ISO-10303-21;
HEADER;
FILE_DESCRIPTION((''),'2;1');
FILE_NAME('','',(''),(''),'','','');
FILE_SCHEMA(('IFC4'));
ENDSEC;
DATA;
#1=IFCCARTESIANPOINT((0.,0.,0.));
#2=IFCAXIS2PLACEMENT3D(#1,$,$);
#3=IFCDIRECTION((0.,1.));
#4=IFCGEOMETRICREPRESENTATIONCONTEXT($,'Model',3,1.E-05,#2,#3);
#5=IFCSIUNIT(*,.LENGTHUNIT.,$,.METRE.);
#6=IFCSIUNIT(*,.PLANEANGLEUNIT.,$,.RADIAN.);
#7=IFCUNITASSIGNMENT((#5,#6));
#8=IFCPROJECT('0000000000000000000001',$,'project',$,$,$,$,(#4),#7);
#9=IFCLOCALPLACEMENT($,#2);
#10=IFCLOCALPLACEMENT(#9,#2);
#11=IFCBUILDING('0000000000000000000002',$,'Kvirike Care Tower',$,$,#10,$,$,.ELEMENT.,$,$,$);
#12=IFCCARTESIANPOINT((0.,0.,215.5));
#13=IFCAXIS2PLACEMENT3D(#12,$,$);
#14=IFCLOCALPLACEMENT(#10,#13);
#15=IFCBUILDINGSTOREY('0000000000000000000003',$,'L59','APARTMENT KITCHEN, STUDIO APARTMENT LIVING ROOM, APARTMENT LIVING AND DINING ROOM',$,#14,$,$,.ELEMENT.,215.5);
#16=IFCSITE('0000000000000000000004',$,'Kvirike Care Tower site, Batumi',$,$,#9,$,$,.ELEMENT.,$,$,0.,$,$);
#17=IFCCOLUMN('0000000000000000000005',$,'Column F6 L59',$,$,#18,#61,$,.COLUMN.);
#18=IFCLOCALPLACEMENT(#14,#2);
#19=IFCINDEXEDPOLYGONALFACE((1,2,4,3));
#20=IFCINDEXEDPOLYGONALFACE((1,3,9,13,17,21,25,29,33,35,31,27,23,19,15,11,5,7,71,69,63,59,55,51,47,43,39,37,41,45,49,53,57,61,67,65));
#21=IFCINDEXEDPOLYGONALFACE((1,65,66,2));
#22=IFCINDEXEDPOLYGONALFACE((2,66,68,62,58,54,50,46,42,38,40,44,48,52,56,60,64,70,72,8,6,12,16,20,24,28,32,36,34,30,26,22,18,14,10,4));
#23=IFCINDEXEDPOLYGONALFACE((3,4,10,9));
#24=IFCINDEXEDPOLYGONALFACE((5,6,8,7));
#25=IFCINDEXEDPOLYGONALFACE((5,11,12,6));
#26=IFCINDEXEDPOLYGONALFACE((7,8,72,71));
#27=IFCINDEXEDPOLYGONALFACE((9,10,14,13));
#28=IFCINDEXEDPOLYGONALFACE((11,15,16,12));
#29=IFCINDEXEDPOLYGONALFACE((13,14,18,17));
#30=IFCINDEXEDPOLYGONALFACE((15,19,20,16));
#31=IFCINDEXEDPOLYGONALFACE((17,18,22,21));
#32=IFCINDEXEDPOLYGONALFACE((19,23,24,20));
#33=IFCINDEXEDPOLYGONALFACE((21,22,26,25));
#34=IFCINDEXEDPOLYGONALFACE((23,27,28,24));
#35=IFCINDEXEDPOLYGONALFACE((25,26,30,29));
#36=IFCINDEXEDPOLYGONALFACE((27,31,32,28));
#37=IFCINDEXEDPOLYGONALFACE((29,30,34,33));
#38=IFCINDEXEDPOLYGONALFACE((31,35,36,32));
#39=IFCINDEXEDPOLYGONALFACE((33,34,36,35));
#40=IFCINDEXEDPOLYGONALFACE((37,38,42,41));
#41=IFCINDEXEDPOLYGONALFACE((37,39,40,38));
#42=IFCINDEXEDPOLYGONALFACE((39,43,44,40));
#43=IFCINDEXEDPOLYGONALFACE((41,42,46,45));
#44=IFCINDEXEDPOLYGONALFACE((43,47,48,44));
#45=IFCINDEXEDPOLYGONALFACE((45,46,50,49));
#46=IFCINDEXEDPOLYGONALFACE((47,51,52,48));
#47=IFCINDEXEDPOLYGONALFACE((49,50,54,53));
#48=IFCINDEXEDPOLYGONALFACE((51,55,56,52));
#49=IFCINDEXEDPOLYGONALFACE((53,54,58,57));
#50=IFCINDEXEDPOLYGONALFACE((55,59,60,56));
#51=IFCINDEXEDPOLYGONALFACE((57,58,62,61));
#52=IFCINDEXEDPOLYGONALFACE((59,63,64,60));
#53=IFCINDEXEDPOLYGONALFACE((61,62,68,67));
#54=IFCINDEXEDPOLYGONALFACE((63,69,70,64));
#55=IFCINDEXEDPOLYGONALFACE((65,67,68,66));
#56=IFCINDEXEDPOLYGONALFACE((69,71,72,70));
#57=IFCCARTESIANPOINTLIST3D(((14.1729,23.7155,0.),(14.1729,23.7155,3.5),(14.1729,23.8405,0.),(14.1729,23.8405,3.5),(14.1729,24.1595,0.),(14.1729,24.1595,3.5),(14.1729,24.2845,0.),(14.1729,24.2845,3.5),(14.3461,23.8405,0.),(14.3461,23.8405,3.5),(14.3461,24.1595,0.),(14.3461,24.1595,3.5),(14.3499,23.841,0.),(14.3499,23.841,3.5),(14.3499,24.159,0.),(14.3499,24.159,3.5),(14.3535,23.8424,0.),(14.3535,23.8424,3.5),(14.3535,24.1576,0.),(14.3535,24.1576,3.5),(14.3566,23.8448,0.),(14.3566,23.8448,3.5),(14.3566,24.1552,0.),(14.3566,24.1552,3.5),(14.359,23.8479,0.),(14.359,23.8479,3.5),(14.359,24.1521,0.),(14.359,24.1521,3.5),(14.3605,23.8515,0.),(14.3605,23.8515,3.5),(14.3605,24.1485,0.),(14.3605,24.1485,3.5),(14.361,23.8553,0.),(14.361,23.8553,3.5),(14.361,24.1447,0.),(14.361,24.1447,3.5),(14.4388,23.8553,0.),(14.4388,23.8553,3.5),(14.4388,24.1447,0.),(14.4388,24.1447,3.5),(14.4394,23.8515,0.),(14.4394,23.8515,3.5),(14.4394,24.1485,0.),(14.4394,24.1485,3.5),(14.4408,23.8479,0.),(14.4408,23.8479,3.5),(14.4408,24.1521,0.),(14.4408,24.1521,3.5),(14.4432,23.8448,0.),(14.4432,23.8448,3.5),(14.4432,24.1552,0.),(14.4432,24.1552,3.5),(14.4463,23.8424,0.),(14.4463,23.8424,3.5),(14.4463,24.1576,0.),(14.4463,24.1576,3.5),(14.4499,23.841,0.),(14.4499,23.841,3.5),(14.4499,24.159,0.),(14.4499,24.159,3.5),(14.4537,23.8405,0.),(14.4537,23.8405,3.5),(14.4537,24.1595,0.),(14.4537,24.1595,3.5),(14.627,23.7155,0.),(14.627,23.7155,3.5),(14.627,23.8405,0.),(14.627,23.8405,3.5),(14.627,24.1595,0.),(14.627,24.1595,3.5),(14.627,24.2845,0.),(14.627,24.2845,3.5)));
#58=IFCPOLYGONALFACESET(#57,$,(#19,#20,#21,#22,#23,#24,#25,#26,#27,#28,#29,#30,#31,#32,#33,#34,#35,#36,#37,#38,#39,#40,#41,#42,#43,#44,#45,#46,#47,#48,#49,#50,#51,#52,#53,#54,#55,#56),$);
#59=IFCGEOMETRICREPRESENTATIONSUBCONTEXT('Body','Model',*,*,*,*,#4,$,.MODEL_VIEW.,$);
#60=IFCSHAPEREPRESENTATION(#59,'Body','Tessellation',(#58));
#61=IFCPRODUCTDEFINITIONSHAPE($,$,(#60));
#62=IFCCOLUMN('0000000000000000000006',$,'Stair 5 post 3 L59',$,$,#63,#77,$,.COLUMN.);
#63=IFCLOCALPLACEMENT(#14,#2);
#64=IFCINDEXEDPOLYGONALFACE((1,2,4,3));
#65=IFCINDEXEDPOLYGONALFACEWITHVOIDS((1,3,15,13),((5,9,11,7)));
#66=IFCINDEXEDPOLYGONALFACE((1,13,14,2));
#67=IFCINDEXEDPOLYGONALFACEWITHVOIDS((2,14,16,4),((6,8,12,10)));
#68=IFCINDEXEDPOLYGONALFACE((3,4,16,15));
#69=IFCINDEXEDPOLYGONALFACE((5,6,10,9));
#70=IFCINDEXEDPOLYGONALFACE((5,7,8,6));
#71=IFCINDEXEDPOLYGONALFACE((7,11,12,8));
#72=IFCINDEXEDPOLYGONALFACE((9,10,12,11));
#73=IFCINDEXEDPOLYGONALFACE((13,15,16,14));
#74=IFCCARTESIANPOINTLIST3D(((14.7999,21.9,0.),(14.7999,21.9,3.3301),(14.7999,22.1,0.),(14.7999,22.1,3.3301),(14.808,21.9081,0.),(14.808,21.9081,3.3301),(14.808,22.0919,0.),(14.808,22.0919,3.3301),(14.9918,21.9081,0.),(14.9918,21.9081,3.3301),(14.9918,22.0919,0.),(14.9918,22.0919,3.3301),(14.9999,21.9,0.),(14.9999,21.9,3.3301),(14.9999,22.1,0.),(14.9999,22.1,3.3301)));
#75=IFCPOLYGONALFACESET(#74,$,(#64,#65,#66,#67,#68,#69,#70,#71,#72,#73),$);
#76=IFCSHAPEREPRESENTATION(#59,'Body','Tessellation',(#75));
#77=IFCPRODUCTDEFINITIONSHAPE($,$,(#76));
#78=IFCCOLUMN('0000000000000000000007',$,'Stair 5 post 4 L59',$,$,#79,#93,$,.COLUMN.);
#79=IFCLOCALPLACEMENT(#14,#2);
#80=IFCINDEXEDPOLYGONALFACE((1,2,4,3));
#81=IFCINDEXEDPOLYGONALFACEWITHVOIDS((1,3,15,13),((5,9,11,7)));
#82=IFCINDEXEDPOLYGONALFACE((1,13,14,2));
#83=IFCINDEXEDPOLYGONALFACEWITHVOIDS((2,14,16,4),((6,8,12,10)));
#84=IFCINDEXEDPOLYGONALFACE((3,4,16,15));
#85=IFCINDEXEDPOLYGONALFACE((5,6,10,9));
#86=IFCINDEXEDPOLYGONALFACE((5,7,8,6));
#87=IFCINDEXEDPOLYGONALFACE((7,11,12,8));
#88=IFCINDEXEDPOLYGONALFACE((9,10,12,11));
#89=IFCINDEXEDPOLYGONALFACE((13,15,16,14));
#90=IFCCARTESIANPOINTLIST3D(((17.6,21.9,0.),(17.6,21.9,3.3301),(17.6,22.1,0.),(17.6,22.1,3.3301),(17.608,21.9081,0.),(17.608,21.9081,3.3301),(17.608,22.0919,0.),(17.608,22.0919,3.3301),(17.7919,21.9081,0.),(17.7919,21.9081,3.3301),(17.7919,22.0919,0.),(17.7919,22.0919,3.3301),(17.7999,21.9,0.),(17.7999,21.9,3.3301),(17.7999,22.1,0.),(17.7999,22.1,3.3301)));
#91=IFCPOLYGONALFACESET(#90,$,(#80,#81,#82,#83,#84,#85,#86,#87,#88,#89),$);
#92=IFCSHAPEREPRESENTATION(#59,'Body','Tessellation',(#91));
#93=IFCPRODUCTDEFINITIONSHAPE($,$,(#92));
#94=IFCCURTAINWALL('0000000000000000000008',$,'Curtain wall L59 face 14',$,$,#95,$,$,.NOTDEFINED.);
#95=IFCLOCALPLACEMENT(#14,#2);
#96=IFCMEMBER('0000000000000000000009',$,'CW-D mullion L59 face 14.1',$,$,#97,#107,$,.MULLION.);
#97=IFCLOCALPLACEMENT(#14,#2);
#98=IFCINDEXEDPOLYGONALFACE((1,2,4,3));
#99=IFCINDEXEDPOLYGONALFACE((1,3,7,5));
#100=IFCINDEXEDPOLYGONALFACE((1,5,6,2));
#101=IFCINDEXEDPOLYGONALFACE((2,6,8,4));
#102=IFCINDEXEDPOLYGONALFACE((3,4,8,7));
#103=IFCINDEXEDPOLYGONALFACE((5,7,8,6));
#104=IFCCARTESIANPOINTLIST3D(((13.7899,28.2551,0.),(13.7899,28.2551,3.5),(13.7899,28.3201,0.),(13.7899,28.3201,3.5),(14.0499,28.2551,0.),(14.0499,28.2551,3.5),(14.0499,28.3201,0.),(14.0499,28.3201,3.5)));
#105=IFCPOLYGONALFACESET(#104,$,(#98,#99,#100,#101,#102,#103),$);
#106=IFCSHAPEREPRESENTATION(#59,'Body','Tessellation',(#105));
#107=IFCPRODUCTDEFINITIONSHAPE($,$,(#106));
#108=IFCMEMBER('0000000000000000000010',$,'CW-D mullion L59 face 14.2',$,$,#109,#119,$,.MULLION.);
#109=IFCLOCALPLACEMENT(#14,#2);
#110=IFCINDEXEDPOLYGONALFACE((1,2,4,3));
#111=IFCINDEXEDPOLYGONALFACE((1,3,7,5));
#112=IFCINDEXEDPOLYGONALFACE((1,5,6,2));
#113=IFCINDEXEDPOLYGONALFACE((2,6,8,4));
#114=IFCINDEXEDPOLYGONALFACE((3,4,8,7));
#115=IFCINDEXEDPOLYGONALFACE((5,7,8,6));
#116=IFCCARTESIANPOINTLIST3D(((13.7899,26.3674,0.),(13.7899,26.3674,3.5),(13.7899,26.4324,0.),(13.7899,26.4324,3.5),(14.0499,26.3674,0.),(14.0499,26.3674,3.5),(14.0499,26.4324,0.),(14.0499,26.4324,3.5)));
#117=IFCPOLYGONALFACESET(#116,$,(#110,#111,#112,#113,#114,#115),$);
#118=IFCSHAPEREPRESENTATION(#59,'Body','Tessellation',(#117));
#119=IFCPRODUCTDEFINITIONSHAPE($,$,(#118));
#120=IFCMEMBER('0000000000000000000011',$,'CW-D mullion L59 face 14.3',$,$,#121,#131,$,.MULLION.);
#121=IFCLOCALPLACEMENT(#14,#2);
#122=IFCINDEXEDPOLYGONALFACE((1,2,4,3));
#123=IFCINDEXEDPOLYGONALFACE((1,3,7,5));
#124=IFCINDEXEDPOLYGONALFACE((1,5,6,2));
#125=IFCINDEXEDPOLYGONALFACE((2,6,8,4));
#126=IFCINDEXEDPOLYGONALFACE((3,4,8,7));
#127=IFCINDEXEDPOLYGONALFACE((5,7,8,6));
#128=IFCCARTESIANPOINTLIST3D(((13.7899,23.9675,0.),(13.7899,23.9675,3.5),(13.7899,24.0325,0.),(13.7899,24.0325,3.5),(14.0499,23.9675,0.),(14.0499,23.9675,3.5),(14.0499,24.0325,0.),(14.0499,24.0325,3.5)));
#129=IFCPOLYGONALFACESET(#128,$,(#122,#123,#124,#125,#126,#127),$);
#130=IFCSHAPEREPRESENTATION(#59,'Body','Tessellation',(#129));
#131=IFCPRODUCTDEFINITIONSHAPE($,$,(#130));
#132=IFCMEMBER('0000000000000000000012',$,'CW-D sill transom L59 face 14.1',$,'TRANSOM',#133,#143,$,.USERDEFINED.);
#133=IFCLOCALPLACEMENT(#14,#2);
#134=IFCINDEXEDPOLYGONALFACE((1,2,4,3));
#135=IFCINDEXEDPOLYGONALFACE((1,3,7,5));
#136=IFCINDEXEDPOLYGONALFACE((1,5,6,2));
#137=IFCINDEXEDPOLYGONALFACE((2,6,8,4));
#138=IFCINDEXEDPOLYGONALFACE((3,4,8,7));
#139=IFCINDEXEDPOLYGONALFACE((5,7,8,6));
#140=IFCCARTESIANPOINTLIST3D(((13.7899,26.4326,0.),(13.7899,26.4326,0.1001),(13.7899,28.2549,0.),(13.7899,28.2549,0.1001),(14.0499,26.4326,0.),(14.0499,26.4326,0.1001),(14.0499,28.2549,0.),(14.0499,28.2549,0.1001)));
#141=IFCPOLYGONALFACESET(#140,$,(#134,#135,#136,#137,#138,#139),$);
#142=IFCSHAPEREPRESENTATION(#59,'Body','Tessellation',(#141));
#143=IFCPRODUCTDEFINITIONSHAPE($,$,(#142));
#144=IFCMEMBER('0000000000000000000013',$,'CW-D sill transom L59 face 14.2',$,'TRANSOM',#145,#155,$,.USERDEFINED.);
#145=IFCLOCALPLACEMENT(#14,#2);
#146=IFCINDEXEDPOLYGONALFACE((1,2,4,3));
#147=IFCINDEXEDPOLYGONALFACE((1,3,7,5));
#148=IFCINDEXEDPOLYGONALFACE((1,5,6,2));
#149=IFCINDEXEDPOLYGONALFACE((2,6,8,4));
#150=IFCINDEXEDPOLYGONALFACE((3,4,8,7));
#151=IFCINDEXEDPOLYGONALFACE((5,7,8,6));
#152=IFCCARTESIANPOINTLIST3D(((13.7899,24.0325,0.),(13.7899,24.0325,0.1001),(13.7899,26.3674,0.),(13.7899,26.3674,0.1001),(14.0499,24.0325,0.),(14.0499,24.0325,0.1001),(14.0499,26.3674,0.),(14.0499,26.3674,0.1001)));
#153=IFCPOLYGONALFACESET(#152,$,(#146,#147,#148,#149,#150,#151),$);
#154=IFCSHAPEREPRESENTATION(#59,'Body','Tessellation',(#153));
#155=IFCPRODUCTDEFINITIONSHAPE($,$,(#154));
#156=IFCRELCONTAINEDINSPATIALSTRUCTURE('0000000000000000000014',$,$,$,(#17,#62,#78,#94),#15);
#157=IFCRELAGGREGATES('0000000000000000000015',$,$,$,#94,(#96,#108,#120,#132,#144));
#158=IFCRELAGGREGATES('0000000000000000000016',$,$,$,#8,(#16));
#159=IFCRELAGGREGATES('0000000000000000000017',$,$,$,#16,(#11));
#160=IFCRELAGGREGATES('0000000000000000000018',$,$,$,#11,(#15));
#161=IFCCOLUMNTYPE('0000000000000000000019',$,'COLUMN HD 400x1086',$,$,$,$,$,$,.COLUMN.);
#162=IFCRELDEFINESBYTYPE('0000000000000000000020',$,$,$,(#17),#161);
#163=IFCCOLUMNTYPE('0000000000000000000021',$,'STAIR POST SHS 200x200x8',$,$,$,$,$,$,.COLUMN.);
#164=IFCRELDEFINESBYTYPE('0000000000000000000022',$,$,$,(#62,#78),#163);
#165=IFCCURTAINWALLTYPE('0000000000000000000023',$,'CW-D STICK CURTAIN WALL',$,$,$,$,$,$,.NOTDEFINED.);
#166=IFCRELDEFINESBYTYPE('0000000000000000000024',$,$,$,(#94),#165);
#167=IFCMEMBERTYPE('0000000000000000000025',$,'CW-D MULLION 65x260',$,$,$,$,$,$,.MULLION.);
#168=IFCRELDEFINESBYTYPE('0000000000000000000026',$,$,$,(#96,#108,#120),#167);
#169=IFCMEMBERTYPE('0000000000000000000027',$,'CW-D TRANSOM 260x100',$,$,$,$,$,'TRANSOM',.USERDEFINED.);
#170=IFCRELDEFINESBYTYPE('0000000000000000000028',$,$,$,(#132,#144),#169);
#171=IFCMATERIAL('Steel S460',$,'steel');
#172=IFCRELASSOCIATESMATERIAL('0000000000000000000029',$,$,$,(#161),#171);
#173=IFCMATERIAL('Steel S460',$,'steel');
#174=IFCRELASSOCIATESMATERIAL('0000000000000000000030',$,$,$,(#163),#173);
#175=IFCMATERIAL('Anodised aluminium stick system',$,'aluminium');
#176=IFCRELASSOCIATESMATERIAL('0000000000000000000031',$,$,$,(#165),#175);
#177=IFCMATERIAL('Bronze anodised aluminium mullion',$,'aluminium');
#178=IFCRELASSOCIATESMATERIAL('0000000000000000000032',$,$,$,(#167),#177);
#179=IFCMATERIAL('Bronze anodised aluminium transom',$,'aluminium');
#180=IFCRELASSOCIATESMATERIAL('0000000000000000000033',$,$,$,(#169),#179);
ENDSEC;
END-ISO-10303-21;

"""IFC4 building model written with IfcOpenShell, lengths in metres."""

from ifc_helpers import new_model, si_unit, direction, frame, origin, origin_2d, place, context, subcontext, project, spatial, rectangle, hollow_rectangle, i_section, extrude, material, material_profile, profile_set, type_object, element, aggregate, save


model = new_model("IFC4")

# Units and contexts
model_context = context("Model", 3, precision=1e-05, world=origin(), true_north=direction((0.0, 1.0)))
body_context = subcontext(model_context, "Body", "Model", "MODEL_VIEW")
ifc_project = project(units=[si_unit("LENGTHUNIT", "METRE"), si_unit("PLANEANGLEUNIT", "RADIAN")], contexts=[model_context])

# Site, building, storey
site_placement = place(None, origin())
site = spatial("IfcSite", under=ifc_project, at=site_placement, Name="Kvirike Care Tower site, Batumi", CompositionType="ELEMENT", RefElevation=0.0)
building_placement = place(site_placement, origin())
building = spatial("IfcBuilding", under=site, at=building_placement, Name="Kvirike Care Tower", CompositionType="ELEMENT")
storey_placement = place(building_placement, frame((0.0, 0.0, 215.5)))
storey = spatial("IfcBuildingStorey", under=building, at=storey_placement, Name="L59", Description="APARTMENT KITCHEN, STUDIO APARTMENT LIVING ROOM, APARTMENT LIVING AND DINING ROOM", CompositionType="ELEMENT", Elevation=215.5)

# Columns
ifc_material_1 = material(Name="Steel S460", Category="steel")
ifc_material_profile_1 = material_profile(ifc_material_1, i_section(OverallWidth=0.4541, OverallDepth=0.5691, WebThickness=0.0779, FlangeThickness=0.125, FilletRadius=0.0149, at=origin_2d()), Name="HD 400x1086")
ifc_profile_set_1 = profile_set([ifc_material_profile_1], Name="Steel S460")
column_type_1 = type_object("IfcColumnType", Name="COLUMN HD 400x1086", PredefinedType="COLUMN", material=ifc_profile_set_1)
column_placement = place(storey_placement, frame((14.3999, 24.0, 0.0), z_axis=(0.0, 0.0, 1.0), x_axis=(1.0, 0.0, 0.0)))
element("IfcColumn", 1, at=column_placement, inside=storey, type_object=column_type_1, Name="Column F6 L59", PredefinedType="COLUMN", context=body_context, shape_type="SweptSolid", body=[
    extrude(i_section(OverallWidth=0.4541, OverallDepth=0.5691, WebThickness=0.0779, FlangeThickness=0.125, FilletRadius=0.0149, at=origin_2d()), origin(), (0.0, 0.0, 1.0), 3.5),
])
ifc_material_2 = material(Name="Steel S460", Category="steel")
ifc_material_profile_2 = material_profile(ifc_material_2, hollow_rectangle(XDim=0.2, YDim=0.2, WallThickness=0.0081, at=origin_2d()), Name="SHS 200x200x8")
ifc_profile_set_2 = profile_set([ifc_material_profile_2], Name="Steel S460")
column_type_2 = type_object("IfcColumnType", Name="STAIR POST SHS 200x200x8", PredefinedType="COLUMN", material=ifc_profile_set_2)
for number, where, z_axis, x_axis, name in (
    (2, (14.8999, 22.0, 0.0), (0.0, 0.0, 1.0), (1.0, 0.0, 0.0), "Stair 5 post 3 L59"),
    (3, (17.7, 22.0, 0.0), (0.0, 0.0, 1.0), (1.0, 0.0, 0.0), "Stair 5 post 4 L59"),
):
    element("IfcColumn", number, at=place(storey_placement, frame(where, z_axis=z_axis, x_axis=x_axis)), inside=storey, type_object=column_type_2, Name=name, PredefinedType="COLUMN", context=body_context, shape_type="SweptSolid", body=[
        extrude(hollow_rectangle(XDim=0.2, YDim=0.2, WallThickness=0.0081, at=origin_2d()), origin(), (0.0, 0.0, 1.0), 3.3301),
    ])

# Curtain wall, members
ifc_material_3 = material(Name="Anodised aluminium stick system", Category="aluminium")
curtain_wall_type = type_object("IfcCurtainWallType", Name="CW-D STICK CURTAIN WALL", PredefinedType="NOTDEFINED", material=ifc_material_3)
curtain_wall_placement = place(storey_placement, origin())
curtain_wall = element("IfcCurtainWall", 4, at=curtain_wall_placement, inside=storey, type_object=curtain_wall_type, Name="Curtain wall L59 face 14", PredefinedType="NOTDEFINED")
ifc_material_4 = material(Name="Bronze anodised aluminium mullion", Category="aluminium")
ifc_material_profile_3 = material_profile(ifc_material_4, rectangle(XDim=0.0649, YDim=0.26, at=origin_2d()), Name="CW-D MULLION 65x260")
ifc_profile_set_3 = profile_set([ifc_material_profile_3], Name="Bronze anodised aluminium mullion")
member_type_1 = type_object("IfcMemberType", Name="CW-D MULLION 65x260", PredefinedType="MULLION", material=ifc_profile_set_3)
member_1_placement = place(storey_placement, frame((13.9199, 28.2876, 0.0), z_axis=(0.0, 0.0, 1.0), x_axis=(0.0, -1.0, 0.0)))
member_1 = element("IfcMember", 5, at=member_1_placement, type_object=member_type_1, Name="CW-D mullion L59 face 14.1", PredefinedType="MULLION", context=body_context, shape_type="SweptSolid", body=[
    extrude(rectangle(XDim=0.0649, YDim=0.26, at=origin_2d()), origin(), (0.0, 0.0, 1.0), 3.5),
])
member_2_placement = place(storey_placement, frame((13.9199, 26.3999, 0.0), z_axis=(0.0, 0.0, 1.0), x_axis=(0.0, -1.0, 0.0)))
member_2 = element("IfcMember", 6, at=member_2_placement, type_object=member_type_1, Name="CW-D mullion L59 face 14.2", PredefinedType="MULLION", context=body_context, shape_type="SweptSolid", body=[
    extrude(rectangle(XDim=0.0649, YDim=0.26, at=origin_2d()), origin(), (0.0, 0.0, 1.0), 3.5),
])
member_3_placement = place(storey_placement, frame((13.9199, 24.0, 0.0), z_axis=(0.0, 0.0, 1.0), x_axis=(0.0, -1.0, 0.0)))
member_3 = element("IfcMember", 7, at=member_3_placement, type_object=member_type_1, Name="CW-D mullion L59 face 14.3", PredefinedType="MULLION", context=body_context, shape_type="SweptSolid", body=[
    extrude(rectangle(XDim=0.0649, YDim=0.26, at=origin_2d()), origin(), (0.0, 0.0, 1.0), 3.5),
])
ifc_material_5 = material(Name="Bronze anodised aluminium transom", Category="aluminium")
ifc_material_profile_4 = material_profile(ifc_material_5, rectangle(XDim=0.26, YDim=0.1001, at=origin_2d()), Name="CW-D TRANSOM 260x100")
ifc_profile_set_4 = profile_set([ifc_material_profile_4], Name="Bronze anodised aluminium transom")
member_type_2 = type_object("IfcMemberType", Name="CW-D TRANSOM 260x100", ElementType="TRANSOM", PredefinedType="USERDEFINED", material=ifc_profile_set_4)
member_4_placement = place(storey_placement, frame((13.9199, 28.2549, 0.05), z_axis=(0.0, -1.0, 0.0), x_axis=(1.0, 0.0, 0.0)))
member_4 = element("IfcMember", 8, at=member_4_placement, type_object=member_type_2, Name="CW-D sill transom L59 face 14.1", ObjectType="TRANSOM", PredefinedType="USERDEFINED", context=body_context, shape_type="SweptSolid", body=[
    extrude(rectangle(XDim=0.26, YDim=0.1001, at=origin_2d()), origin(), (0.0, 0.0, 1.0), 1.8223),
])
member_5_placement = place(storey_placement, frame((13.9199, 26.3674, 0.05), z_axis=(0.0, -1.0, 0.0), x_axis=(1.0, 0.0, 0.0)))
member_5 = element("IfcMember", 9, at=member_5_placement, type_object=member_type_2, Name="CW-D sill transom L59 face 14.2", ObjectType="TRANSOM", PredefinedType="USERDEFINED", context=body_context, shape_type="SweptSolid", body=[
    extrude(rectangle(XDim=0.26, YDim=0.1001, at=origin_2d()), origin(), (0.0, 0.0, 1.0), 2.335),
])

aggregate(curtain_wall, [member_1, member_2, member_3, member_4, member_5])

save(model, "model.ifc")
